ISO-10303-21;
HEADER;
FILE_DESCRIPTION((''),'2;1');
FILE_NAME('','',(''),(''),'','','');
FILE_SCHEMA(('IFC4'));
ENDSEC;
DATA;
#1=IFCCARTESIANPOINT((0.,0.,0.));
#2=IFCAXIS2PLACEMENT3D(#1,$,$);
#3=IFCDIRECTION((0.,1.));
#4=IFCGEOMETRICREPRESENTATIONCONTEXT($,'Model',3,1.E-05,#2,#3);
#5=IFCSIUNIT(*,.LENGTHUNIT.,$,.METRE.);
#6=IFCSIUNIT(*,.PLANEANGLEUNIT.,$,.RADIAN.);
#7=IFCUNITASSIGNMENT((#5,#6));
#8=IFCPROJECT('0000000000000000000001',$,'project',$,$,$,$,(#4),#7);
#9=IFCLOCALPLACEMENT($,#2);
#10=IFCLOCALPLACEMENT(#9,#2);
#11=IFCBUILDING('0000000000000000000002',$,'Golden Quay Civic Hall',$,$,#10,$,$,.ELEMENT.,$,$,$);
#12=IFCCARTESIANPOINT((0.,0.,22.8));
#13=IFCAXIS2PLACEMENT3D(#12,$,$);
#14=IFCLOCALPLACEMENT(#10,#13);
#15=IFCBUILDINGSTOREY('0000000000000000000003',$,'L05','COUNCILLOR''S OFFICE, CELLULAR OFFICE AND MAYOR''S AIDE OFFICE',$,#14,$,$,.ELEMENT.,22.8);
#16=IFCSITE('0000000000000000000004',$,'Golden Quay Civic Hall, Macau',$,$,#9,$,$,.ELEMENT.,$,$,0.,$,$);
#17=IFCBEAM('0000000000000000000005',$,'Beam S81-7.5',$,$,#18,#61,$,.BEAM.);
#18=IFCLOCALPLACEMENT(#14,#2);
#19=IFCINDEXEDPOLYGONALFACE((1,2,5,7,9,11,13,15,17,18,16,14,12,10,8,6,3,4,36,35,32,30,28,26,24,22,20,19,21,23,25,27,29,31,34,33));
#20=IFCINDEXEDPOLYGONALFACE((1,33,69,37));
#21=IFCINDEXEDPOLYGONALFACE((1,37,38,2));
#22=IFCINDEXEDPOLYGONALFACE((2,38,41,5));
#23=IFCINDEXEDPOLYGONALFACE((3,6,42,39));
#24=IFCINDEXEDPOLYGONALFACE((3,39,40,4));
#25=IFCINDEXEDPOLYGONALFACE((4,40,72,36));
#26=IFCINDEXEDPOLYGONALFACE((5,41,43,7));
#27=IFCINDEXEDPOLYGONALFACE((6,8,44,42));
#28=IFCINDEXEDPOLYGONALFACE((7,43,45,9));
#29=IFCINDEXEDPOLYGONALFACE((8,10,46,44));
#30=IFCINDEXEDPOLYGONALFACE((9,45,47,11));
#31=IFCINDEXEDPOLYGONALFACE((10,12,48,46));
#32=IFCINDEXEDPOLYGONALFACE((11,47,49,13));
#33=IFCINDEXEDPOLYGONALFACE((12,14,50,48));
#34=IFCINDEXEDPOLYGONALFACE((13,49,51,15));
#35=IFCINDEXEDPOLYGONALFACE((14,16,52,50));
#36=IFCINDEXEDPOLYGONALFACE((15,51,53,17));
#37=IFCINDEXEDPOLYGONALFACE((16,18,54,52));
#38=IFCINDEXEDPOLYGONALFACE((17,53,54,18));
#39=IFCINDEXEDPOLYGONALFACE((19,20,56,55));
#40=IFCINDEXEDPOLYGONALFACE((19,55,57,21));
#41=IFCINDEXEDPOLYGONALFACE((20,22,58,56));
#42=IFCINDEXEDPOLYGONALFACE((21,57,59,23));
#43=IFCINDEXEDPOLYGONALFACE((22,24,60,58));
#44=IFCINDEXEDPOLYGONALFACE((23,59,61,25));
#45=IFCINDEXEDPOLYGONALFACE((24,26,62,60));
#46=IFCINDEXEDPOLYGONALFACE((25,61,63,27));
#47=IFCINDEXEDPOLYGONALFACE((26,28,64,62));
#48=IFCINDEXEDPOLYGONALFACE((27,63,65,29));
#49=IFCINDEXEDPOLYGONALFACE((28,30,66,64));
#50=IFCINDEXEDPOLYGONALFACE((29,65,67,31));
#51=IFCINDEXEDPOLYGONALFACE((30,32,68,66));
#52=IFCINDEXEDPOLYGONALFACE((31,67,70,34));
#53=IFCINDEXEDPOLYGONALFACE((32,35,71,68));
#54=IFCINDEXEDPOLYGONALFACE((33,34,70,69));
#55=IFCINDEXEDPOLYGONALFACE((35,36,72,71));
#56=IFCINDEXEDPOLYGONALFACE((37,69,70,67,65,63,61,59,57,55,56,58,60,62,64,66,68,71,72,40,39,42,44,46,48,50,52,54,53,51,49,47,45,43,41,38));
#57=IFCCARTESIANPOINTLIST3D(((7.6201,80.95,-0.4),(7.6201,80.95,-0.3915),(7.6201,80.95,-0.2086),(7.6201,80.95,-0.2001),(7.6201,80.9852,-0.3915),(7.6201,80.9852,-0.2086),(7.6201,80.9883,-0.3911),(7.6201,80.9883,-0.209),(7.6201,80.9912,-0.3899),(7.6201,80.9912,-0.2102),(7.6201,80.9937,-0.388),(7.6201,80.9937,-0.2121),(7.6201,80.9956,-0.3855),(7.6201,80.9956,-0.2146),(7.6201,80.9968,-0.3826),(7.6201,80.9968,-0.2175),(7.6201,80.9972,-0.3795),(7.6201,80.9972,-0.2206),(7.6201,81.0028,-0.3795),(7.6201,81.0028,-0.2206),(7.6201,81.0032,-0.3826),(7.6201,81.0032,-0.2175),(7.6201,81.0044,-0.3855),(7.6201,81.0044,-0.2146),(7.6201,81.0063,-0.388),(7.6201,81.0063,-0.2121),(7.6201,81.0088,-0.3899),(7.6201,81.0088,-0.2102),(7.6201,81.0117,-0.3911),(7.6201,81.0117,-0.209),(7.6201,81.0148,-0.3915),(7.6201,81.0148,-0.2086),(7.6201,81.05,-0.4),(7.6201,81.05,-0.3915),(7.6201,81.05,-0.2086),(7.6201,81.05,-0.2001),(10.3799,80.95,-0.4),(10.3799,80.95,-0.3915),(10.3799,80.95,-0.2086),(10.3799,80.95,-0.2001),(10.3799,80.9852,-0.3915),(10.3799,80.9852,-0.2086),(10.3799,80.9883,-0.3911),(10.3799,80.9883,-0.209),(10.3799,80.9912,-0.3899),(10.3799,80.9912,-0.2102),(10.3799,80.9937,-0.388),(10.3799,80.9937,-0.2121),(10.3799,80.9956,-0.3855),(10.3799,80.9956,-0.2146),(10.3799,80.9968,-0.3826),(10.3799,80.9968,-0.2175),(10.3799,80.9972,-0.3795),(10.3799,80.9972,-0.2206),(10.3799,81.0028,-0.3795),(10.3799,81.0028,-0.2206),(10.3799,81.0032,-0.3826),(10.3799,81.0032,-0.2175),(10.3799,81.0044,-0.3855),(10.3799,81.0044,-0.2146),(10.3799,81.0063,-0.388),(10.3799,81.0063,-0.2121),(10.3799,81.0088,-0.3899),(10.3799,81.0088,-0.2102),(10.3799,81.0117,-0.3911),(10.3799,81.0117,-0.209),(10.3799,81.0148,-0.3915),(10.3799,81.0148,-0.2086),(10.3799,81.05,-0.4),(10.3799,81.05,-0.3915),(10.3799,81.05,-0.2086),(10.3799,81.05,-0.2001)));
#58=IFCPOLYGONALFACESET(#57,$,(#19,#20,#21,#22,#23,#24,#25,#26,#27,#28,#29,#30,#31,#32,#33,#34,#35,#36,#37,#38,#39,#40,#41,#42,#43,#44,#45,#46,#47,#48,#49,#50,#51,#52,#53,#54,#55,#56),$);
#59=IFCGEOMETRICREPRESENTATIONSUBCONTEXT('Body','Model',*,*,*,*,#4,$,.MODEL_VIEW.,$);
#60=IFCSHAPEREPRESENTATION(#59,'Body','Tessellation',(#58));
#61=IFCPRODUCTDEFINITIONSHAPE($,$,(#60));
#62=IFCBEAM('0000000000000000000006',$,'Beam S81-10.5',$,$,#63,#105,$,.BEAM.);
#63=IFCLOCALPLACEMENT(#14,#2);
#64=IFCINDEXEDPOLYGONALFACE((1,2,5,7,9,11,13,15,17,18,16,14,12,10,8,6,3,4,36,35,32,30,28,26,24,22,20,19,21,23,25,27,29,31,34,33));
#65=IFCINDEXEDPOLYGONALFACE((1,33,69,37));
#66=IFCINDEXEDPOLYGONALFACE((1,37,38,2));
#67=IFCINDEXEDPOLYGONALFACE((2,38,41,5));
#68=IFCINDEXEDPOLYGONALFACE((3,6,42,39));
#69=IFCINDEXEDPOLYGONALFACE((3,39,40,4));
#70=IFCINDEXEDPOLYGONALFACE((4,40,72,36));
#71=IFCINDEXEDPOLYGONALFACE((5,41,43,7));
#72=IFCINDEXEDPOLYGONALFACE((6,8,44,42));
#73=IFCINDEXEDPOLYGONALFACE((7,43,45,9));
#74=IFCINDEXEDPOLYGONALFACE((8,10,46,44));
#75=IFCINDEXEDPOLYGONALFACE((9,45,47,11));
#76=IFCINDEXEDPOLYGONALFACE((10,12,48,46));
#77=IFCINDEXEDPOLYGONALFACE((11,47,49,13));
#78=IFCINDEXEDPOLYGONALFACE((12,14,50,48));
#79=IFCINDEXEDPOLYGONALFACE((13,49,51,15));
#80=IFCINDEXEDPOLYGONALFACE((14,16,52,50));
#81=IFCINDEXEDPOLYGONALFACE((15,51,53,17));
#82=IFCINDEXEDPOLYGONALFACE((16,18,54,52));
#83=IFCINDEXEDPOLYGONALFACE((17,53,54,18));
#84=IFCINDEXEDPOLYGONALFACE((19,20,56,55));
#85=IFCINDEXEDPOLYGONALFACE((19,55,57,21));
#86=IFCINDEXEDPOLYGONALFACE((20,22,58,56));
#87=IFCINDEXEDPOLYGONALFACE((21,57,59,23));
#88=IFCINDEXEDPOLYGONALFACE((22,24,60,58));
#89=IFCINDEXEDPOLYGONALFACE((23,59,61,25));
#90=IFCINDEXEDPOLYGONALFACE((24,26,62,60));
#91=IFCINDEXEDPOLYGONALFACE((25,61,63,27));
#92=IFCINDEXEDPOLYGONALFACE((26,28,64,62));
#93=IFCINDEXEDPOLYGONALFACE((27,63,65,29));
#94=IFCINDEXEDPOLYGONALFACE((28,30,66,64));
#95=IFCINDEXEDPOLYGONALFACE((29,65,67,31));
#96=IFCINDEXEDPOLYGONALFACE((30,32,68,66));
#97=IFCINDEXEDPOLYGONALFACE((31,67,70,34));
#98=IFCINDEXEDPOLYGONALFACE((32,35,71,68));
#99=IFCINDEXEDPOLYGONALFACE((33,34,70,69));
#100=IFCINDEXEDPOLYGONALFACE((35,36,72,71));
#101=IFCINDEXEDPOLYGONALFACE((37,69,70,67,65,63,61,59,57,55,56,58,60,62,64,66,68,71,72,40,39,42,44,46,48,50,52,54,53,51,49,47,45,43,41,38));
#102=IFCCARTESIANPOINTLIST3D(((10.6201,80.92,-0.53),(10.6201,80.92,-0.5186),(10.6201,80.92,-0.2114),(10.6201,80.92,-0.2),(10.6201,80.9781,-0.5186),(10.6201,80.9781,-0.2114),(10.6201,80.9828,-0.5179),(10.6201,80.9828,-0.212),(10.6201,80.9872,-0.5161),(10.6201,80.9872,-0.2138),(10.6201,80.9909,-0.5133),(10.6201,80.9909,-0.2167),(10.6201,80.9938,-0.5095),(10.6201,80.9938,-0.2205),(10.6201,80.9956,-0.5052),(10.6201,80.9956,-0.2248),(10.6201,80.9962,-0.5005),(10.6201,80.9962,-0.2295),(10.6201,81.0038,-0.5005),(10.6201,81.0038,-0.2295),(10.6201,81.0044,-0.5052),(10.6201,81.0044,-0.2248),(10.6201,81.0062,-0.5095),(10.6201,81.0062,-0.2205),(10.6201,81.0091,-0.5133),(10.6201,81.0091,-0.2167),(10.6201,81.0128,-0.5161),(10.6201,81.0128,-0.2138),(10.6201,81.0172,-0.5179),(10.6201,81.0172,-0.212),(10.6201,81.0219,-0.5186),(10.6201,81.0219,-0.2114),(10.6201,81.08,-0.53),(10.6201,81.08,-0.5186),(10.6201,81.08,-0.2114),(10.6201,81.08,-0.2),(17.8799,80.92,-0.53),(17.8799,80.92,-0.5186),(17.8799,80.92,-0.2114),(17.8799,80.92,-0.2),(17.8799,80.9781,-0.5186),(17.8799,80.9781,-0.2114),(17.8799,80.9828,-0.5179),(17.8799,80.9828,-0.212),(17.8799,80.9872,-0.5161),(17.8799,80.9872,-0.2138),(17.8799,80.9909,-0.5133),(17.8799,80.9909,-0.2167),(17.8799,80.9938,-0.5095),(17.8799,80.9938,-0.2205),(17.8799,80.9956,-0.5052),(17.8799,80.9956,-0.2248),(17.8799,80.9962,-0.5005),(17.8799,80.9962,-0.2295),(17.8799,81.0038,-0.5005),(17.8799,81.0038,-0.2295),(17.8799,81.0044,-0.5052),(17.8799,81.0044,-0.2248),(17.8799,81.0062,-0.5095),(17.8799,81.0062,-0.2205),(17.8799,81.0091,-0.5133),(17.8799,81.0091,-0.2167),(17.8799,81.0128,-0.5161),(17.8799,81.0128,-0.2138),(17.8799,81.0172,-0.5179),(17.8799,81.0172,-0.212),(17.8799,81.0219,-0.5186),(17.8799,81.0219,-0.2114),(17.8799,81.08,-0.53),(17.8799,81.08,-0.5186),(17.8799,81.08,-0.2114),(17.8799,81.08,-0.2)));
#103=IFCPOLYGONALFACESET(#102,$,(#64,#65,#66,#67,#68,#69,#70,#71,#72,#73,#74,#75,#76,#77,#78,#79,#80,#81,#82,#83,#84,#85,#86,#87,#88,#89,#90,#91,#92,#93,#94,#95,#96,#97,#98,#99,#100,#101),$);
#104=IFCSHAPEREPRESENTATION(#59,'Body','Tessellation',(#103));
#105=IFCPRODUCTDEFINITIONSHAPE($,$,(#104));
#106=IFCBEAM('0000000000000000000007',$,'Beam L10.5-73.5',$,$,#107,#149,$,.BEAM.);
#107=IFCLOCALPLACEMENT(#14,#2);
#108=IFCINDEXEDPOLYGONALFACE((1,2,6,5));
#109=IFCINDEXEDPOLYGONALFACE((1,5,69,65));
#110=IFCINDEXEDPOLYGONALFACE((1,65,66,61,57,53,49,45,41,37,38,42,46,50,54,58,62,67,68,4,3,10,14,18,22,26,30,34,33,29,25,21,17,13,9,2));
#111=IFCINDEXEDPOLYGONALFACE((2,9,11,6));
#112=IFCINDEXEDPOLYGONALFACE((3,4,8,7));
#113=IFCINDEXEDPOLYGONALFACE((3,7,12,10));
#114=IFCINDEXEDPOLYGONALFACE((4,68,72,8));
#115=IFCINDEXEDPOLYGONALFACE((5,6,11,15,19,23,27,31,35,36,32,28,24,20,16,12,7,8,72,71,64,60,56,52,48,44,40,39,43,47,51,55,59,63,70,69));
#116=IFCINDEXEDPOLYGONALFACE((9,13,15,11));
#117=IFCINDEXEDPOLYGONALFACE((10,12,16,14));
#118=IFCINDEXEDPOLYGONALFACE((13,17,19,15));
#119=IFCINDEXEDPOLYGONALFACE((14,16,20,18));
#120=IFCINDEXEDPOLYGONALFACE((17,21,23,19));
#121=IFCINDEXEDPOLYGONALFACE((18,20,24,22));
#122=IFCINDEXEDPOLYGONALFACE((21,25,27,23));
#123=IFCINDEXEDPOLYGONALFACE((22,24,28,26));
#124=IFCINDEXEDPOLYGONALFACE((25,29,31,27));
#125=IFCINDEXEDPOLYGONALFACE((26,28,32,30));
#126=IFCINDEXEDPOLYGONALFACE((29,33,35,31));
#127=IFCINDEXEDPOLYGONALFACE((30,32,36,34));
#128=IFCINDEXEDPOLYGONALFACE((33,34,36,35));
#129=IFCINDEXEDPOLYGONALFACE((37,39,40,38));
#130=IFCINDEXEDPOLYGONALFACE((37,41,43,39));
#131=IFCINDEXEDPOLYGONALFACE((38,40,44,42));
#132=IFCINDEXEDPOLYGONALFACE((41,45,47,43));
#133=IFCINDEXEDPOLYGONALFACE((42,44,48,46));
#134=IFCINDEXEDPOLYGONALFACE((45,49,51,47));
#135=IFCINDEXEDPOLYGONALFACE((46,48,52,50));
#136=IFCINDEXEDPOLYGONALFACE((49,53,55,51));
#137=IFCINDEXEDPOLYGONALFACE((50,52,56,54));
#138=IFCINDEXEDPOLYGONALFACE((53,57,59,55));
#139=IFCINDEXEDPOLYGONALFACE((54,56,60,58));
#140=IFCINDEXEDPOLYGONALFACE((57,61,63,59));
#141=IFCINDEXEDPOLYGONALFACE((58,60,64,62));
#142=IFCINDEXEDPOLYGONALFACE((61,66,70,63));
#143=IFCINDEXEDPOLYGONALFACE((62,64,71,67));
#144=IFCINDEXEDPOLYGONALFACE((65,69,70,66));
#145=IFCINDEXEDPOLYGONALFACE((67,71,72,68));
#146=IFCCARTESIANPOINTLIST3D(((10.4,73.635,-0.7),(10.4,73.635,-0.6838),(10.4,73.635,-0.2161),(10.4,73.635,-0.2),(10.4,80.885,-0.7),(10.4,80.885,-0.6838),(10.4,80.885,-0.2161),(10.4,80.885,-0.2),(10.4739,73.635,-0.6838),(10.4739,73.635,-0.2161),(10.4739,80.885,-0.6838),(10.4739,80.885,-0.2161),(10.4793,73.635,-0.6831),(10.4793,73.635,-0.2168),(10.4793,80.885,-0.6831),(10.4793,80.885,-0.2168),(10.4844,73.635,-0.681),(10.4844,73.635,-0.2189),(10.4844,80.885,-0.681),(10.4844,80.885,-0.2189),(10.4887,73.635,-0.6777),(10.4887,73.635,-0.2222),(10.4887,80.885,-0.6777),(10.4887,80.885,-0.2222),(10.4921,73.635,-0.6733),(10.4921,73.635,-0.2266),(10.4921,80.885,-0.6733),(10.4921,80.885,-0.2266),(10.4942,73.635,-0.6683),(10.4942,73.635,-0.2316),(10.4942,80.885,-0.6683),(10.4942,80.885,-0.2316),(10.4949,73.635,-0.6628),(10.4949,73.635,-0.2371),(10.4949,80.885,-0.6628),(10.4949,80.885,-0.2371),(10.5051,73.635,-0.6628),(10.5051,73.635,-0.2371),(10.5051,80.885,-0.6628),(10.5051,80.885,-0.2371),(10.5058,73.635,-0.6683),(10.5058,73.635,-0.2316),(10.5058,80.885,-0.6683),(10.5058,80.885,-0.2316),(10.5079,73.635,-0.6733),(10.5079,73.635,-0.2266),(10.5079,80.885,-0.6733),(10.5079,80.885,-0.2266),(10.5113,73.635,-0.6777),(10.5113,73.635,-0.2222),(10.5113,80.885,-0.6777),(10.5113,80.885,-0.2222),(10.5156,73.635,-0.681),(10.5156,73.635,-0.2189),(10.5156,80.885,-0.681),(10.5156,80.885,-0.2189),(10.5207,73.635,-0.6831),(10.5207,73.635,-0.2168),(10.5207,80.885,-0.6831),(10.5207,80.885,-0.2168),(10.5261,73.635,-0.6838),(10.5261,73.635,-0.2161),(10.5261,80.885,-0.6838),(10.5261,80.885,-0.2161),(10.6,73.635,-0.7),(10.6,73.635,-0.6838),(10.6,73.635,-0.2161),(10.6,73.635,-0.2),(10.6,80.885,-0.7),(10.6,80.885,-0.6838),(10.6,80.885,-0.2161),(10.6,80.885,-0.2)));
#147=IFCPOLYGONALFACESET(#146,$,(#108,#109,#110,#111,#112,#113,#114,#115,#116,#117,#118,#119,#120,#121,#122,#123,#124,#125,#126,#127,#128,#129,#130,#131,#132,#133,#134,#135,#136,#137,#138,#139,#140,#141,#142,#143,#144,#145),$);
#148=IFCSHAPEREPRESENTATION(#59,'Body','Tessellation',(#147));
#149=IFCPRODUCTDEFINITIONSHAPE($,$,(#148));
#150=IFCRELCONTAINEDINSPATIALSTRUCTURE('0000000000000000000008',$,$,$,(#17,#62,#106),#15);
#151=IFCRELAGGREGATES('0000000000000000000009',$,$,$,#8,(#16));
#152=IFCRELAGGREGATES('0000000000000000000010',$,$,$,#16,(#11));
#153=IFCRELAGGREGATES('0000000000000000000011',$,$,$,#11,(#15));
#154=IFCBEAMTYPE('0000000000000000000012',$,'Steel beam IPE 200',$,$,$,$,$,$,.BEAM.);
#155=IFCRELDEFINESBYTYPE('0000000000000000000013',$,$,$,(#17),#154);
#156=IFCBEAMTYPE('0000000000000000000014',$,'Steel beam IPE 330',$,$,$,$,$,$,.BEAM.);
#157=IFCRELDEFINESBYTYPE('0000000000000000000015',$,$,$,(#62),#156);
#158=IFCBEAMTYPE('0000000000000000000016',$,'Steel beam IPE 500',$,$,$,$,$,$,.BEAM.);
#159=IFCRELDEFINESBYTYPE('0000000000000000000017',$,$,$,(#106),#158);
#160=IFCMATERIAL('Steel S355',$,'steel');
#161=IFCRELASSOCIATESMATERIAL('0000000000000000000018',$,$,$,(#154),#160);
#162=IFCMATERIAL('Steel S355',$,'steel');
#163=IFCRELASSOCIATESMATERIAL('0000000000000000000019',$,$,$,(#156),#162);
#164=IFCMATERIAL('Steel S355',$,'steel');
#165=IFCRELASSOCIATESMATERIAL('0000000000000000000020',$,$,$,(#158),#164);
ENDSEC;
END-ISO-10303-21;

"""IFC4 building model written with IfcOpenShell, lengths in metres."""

from ifc_helpers import new_model, si_unit, direction, frame, origin, origin_2d, place, context, subcontext, project, spatial, i_section, extrude, material, material_profile, profile_set, type_object, element, save


model = new_model("IFC4")

# Units and contexts
model_context = context("Model", 3, precision=1e-05, world=origin(), true_north=direction((0.0, 1.0)))
body_context = subcontext(model_context, "Body", "Model", "MODEL_VIEW")
ifc_project = project(units=[si_unit("LENGTHUNIT", "METRE"), si_unit("PLANEANGLEUNIT", "RADIAN")], contexts=[model_context])

# Site, building, storey
site_placement = place(None, origin())
site = spatial("IfcSite", under=ifc_project, at=site_placement, Name="Golden Quay Civic Hall, Macau", CompositionType="ELEMENT", RefElevation=0.0)
building_placement = place(site_placement, origin())
building = spatial("IfcBuilding", under=site, at=building_placement, Name="Golden Quay Civic Hall", CompositionType="ELEMENT")
storey_placement = place(building_placement, frame((0.0, 0.0, 22.8)))
storey = spatial("IfcBuildingStorey", under=building, at=storey_placement, Name="L05", Description="COUNCILLOR'S OFFICE, CELLULAR OFFICE AND MAYOR'S AIDE OFFICE", CompositionType="ELEMENT", Elevation=22.8)

# Beams
ifc_material_1 = material(Name="Steel S355", Category="steel")
ifc_material_profile_1 = material_profile(ifc_material_1, i_section(OverallWidth=0.1001, OverallDepth=0.2, WebThickness=0.0056, FlangeThickness=0.0085, FilletRadius=0.012, at=origin_2d()), Name="IPE 200")
ifc_profile_set_1 = profile_set([ifc_material_profile_1], Name="Steel S355")
beam_type_1 = type_object("IfcBeamType", Name="Steel beam IPE 200", PredefinedType="BEAM", material=ifc_profile_set_1)
beam_1_placement = place(storey_placement, frame((7.6201, 81.0, -0.3), z_axis=(1.0, 0.0, 0.0), x_axis=(0.0, 1.0, 0.0)))
element("IfcBeam", 1, at=beam_1_placement, inside=storey, type_object=beam_type_1, Name="Beam S81-7.5", PredefinedType="BEAM", context=body_context, shape_type="SweptSolid", body=[
    extrude(i_section(OverallWidth=0.1001, OverallDepth=0.2, WebThickness=0.0056, FlangeThickness=0.0085, FilletRadius=0.012, at=origin_2d()), origin(), (0.0, 0.0, 1.0), 2.7598),
])
ifc_material_2 = material(Name="Steel S355", Category="steel")
ifc_material_profile_2 = material_profile(ifc_material_2, i_section(OverallWidth=0.1599, OverallDepth=0.3301, WebThickness=0.0076, FlangeThickness=0.0115, FilletRadius=0.0181, at=origin_2d()), Name="IPE 330")
ifc_profile_set_2 = profile_set([ifc_material_profile_2], Name="Steel S355")
beam_type_2 = type_object("IfcBeamType", Name="Steel beam IPE 330", PredefinedType="BEAM", material=ifc_profile_set_2)
beam_2_placement = place(storey_placement, frame((10.6201, 81.0, -0.365), z_axis=(1.0, 0.0, 0.0), x_axis=(0.0, 1.0, 0.0)))
element("IfcBeam", 2, at=beam_2_placement, inside=storey, type_object=beam_type_2, Name="Beam S81-10.5", PredefinedType="BEAM", context=body_context, shape_type="SweptSolid", body=[
    extrude(i_section(OverallWidth=0.1599, OverallDepth=0.3301, WebThickness=0.0076, FlangeThickness=0.0115, FilletRadius=0.0181, at=origin_2d()), origin(), (0.0, 0.0, 1.0), 7.2598),
])
ifc_material_3 = material(Name="Steel S355", Category="steel")
ifc_material_profile_3 = material_profile(ifc_material_3, i_section(OverallWidth=0.2, OverallDepth=0.5, WebThickness=0.0103, FlangeThickness=0.0161, FilletRadius=0.021, at=origin_2d()), Name="IPE 500")
ifc_profile_set_3 = profile_set([ifc_material_profile_3], Name="Steel S355")
beam_type_3 = type_object("IfcBeamType", Name="Steel beam IPE 500", PredefinedType="BEAM", material=ifc_profile_set_3)
beam_3_placement = place(storey_placement, frame((10.5, 73.635, -0.45), z_axis=(0.0, 1.0, 0.0), x_axis=(-1.0, 0.0, 0.0)))
element("IfcBeam", 3, at=beam_3_placement, inside=storey, type_object=beam_type_3, Name="Beam L10.5-73.5", PredefinedType="BEAM", context=body_context, shape_type="SweptSolid", body=[
    extrude(i_section(OverallWidth=0.2, OverallDepth=0.5, WebThickness=0.0103, FlangeThickness=0.0161, FilletRadius=0.021, at=origin_2d()), origin(), (0.0, 0.0, 1.0), 7.25),
])

save(model, "model.ifc")
